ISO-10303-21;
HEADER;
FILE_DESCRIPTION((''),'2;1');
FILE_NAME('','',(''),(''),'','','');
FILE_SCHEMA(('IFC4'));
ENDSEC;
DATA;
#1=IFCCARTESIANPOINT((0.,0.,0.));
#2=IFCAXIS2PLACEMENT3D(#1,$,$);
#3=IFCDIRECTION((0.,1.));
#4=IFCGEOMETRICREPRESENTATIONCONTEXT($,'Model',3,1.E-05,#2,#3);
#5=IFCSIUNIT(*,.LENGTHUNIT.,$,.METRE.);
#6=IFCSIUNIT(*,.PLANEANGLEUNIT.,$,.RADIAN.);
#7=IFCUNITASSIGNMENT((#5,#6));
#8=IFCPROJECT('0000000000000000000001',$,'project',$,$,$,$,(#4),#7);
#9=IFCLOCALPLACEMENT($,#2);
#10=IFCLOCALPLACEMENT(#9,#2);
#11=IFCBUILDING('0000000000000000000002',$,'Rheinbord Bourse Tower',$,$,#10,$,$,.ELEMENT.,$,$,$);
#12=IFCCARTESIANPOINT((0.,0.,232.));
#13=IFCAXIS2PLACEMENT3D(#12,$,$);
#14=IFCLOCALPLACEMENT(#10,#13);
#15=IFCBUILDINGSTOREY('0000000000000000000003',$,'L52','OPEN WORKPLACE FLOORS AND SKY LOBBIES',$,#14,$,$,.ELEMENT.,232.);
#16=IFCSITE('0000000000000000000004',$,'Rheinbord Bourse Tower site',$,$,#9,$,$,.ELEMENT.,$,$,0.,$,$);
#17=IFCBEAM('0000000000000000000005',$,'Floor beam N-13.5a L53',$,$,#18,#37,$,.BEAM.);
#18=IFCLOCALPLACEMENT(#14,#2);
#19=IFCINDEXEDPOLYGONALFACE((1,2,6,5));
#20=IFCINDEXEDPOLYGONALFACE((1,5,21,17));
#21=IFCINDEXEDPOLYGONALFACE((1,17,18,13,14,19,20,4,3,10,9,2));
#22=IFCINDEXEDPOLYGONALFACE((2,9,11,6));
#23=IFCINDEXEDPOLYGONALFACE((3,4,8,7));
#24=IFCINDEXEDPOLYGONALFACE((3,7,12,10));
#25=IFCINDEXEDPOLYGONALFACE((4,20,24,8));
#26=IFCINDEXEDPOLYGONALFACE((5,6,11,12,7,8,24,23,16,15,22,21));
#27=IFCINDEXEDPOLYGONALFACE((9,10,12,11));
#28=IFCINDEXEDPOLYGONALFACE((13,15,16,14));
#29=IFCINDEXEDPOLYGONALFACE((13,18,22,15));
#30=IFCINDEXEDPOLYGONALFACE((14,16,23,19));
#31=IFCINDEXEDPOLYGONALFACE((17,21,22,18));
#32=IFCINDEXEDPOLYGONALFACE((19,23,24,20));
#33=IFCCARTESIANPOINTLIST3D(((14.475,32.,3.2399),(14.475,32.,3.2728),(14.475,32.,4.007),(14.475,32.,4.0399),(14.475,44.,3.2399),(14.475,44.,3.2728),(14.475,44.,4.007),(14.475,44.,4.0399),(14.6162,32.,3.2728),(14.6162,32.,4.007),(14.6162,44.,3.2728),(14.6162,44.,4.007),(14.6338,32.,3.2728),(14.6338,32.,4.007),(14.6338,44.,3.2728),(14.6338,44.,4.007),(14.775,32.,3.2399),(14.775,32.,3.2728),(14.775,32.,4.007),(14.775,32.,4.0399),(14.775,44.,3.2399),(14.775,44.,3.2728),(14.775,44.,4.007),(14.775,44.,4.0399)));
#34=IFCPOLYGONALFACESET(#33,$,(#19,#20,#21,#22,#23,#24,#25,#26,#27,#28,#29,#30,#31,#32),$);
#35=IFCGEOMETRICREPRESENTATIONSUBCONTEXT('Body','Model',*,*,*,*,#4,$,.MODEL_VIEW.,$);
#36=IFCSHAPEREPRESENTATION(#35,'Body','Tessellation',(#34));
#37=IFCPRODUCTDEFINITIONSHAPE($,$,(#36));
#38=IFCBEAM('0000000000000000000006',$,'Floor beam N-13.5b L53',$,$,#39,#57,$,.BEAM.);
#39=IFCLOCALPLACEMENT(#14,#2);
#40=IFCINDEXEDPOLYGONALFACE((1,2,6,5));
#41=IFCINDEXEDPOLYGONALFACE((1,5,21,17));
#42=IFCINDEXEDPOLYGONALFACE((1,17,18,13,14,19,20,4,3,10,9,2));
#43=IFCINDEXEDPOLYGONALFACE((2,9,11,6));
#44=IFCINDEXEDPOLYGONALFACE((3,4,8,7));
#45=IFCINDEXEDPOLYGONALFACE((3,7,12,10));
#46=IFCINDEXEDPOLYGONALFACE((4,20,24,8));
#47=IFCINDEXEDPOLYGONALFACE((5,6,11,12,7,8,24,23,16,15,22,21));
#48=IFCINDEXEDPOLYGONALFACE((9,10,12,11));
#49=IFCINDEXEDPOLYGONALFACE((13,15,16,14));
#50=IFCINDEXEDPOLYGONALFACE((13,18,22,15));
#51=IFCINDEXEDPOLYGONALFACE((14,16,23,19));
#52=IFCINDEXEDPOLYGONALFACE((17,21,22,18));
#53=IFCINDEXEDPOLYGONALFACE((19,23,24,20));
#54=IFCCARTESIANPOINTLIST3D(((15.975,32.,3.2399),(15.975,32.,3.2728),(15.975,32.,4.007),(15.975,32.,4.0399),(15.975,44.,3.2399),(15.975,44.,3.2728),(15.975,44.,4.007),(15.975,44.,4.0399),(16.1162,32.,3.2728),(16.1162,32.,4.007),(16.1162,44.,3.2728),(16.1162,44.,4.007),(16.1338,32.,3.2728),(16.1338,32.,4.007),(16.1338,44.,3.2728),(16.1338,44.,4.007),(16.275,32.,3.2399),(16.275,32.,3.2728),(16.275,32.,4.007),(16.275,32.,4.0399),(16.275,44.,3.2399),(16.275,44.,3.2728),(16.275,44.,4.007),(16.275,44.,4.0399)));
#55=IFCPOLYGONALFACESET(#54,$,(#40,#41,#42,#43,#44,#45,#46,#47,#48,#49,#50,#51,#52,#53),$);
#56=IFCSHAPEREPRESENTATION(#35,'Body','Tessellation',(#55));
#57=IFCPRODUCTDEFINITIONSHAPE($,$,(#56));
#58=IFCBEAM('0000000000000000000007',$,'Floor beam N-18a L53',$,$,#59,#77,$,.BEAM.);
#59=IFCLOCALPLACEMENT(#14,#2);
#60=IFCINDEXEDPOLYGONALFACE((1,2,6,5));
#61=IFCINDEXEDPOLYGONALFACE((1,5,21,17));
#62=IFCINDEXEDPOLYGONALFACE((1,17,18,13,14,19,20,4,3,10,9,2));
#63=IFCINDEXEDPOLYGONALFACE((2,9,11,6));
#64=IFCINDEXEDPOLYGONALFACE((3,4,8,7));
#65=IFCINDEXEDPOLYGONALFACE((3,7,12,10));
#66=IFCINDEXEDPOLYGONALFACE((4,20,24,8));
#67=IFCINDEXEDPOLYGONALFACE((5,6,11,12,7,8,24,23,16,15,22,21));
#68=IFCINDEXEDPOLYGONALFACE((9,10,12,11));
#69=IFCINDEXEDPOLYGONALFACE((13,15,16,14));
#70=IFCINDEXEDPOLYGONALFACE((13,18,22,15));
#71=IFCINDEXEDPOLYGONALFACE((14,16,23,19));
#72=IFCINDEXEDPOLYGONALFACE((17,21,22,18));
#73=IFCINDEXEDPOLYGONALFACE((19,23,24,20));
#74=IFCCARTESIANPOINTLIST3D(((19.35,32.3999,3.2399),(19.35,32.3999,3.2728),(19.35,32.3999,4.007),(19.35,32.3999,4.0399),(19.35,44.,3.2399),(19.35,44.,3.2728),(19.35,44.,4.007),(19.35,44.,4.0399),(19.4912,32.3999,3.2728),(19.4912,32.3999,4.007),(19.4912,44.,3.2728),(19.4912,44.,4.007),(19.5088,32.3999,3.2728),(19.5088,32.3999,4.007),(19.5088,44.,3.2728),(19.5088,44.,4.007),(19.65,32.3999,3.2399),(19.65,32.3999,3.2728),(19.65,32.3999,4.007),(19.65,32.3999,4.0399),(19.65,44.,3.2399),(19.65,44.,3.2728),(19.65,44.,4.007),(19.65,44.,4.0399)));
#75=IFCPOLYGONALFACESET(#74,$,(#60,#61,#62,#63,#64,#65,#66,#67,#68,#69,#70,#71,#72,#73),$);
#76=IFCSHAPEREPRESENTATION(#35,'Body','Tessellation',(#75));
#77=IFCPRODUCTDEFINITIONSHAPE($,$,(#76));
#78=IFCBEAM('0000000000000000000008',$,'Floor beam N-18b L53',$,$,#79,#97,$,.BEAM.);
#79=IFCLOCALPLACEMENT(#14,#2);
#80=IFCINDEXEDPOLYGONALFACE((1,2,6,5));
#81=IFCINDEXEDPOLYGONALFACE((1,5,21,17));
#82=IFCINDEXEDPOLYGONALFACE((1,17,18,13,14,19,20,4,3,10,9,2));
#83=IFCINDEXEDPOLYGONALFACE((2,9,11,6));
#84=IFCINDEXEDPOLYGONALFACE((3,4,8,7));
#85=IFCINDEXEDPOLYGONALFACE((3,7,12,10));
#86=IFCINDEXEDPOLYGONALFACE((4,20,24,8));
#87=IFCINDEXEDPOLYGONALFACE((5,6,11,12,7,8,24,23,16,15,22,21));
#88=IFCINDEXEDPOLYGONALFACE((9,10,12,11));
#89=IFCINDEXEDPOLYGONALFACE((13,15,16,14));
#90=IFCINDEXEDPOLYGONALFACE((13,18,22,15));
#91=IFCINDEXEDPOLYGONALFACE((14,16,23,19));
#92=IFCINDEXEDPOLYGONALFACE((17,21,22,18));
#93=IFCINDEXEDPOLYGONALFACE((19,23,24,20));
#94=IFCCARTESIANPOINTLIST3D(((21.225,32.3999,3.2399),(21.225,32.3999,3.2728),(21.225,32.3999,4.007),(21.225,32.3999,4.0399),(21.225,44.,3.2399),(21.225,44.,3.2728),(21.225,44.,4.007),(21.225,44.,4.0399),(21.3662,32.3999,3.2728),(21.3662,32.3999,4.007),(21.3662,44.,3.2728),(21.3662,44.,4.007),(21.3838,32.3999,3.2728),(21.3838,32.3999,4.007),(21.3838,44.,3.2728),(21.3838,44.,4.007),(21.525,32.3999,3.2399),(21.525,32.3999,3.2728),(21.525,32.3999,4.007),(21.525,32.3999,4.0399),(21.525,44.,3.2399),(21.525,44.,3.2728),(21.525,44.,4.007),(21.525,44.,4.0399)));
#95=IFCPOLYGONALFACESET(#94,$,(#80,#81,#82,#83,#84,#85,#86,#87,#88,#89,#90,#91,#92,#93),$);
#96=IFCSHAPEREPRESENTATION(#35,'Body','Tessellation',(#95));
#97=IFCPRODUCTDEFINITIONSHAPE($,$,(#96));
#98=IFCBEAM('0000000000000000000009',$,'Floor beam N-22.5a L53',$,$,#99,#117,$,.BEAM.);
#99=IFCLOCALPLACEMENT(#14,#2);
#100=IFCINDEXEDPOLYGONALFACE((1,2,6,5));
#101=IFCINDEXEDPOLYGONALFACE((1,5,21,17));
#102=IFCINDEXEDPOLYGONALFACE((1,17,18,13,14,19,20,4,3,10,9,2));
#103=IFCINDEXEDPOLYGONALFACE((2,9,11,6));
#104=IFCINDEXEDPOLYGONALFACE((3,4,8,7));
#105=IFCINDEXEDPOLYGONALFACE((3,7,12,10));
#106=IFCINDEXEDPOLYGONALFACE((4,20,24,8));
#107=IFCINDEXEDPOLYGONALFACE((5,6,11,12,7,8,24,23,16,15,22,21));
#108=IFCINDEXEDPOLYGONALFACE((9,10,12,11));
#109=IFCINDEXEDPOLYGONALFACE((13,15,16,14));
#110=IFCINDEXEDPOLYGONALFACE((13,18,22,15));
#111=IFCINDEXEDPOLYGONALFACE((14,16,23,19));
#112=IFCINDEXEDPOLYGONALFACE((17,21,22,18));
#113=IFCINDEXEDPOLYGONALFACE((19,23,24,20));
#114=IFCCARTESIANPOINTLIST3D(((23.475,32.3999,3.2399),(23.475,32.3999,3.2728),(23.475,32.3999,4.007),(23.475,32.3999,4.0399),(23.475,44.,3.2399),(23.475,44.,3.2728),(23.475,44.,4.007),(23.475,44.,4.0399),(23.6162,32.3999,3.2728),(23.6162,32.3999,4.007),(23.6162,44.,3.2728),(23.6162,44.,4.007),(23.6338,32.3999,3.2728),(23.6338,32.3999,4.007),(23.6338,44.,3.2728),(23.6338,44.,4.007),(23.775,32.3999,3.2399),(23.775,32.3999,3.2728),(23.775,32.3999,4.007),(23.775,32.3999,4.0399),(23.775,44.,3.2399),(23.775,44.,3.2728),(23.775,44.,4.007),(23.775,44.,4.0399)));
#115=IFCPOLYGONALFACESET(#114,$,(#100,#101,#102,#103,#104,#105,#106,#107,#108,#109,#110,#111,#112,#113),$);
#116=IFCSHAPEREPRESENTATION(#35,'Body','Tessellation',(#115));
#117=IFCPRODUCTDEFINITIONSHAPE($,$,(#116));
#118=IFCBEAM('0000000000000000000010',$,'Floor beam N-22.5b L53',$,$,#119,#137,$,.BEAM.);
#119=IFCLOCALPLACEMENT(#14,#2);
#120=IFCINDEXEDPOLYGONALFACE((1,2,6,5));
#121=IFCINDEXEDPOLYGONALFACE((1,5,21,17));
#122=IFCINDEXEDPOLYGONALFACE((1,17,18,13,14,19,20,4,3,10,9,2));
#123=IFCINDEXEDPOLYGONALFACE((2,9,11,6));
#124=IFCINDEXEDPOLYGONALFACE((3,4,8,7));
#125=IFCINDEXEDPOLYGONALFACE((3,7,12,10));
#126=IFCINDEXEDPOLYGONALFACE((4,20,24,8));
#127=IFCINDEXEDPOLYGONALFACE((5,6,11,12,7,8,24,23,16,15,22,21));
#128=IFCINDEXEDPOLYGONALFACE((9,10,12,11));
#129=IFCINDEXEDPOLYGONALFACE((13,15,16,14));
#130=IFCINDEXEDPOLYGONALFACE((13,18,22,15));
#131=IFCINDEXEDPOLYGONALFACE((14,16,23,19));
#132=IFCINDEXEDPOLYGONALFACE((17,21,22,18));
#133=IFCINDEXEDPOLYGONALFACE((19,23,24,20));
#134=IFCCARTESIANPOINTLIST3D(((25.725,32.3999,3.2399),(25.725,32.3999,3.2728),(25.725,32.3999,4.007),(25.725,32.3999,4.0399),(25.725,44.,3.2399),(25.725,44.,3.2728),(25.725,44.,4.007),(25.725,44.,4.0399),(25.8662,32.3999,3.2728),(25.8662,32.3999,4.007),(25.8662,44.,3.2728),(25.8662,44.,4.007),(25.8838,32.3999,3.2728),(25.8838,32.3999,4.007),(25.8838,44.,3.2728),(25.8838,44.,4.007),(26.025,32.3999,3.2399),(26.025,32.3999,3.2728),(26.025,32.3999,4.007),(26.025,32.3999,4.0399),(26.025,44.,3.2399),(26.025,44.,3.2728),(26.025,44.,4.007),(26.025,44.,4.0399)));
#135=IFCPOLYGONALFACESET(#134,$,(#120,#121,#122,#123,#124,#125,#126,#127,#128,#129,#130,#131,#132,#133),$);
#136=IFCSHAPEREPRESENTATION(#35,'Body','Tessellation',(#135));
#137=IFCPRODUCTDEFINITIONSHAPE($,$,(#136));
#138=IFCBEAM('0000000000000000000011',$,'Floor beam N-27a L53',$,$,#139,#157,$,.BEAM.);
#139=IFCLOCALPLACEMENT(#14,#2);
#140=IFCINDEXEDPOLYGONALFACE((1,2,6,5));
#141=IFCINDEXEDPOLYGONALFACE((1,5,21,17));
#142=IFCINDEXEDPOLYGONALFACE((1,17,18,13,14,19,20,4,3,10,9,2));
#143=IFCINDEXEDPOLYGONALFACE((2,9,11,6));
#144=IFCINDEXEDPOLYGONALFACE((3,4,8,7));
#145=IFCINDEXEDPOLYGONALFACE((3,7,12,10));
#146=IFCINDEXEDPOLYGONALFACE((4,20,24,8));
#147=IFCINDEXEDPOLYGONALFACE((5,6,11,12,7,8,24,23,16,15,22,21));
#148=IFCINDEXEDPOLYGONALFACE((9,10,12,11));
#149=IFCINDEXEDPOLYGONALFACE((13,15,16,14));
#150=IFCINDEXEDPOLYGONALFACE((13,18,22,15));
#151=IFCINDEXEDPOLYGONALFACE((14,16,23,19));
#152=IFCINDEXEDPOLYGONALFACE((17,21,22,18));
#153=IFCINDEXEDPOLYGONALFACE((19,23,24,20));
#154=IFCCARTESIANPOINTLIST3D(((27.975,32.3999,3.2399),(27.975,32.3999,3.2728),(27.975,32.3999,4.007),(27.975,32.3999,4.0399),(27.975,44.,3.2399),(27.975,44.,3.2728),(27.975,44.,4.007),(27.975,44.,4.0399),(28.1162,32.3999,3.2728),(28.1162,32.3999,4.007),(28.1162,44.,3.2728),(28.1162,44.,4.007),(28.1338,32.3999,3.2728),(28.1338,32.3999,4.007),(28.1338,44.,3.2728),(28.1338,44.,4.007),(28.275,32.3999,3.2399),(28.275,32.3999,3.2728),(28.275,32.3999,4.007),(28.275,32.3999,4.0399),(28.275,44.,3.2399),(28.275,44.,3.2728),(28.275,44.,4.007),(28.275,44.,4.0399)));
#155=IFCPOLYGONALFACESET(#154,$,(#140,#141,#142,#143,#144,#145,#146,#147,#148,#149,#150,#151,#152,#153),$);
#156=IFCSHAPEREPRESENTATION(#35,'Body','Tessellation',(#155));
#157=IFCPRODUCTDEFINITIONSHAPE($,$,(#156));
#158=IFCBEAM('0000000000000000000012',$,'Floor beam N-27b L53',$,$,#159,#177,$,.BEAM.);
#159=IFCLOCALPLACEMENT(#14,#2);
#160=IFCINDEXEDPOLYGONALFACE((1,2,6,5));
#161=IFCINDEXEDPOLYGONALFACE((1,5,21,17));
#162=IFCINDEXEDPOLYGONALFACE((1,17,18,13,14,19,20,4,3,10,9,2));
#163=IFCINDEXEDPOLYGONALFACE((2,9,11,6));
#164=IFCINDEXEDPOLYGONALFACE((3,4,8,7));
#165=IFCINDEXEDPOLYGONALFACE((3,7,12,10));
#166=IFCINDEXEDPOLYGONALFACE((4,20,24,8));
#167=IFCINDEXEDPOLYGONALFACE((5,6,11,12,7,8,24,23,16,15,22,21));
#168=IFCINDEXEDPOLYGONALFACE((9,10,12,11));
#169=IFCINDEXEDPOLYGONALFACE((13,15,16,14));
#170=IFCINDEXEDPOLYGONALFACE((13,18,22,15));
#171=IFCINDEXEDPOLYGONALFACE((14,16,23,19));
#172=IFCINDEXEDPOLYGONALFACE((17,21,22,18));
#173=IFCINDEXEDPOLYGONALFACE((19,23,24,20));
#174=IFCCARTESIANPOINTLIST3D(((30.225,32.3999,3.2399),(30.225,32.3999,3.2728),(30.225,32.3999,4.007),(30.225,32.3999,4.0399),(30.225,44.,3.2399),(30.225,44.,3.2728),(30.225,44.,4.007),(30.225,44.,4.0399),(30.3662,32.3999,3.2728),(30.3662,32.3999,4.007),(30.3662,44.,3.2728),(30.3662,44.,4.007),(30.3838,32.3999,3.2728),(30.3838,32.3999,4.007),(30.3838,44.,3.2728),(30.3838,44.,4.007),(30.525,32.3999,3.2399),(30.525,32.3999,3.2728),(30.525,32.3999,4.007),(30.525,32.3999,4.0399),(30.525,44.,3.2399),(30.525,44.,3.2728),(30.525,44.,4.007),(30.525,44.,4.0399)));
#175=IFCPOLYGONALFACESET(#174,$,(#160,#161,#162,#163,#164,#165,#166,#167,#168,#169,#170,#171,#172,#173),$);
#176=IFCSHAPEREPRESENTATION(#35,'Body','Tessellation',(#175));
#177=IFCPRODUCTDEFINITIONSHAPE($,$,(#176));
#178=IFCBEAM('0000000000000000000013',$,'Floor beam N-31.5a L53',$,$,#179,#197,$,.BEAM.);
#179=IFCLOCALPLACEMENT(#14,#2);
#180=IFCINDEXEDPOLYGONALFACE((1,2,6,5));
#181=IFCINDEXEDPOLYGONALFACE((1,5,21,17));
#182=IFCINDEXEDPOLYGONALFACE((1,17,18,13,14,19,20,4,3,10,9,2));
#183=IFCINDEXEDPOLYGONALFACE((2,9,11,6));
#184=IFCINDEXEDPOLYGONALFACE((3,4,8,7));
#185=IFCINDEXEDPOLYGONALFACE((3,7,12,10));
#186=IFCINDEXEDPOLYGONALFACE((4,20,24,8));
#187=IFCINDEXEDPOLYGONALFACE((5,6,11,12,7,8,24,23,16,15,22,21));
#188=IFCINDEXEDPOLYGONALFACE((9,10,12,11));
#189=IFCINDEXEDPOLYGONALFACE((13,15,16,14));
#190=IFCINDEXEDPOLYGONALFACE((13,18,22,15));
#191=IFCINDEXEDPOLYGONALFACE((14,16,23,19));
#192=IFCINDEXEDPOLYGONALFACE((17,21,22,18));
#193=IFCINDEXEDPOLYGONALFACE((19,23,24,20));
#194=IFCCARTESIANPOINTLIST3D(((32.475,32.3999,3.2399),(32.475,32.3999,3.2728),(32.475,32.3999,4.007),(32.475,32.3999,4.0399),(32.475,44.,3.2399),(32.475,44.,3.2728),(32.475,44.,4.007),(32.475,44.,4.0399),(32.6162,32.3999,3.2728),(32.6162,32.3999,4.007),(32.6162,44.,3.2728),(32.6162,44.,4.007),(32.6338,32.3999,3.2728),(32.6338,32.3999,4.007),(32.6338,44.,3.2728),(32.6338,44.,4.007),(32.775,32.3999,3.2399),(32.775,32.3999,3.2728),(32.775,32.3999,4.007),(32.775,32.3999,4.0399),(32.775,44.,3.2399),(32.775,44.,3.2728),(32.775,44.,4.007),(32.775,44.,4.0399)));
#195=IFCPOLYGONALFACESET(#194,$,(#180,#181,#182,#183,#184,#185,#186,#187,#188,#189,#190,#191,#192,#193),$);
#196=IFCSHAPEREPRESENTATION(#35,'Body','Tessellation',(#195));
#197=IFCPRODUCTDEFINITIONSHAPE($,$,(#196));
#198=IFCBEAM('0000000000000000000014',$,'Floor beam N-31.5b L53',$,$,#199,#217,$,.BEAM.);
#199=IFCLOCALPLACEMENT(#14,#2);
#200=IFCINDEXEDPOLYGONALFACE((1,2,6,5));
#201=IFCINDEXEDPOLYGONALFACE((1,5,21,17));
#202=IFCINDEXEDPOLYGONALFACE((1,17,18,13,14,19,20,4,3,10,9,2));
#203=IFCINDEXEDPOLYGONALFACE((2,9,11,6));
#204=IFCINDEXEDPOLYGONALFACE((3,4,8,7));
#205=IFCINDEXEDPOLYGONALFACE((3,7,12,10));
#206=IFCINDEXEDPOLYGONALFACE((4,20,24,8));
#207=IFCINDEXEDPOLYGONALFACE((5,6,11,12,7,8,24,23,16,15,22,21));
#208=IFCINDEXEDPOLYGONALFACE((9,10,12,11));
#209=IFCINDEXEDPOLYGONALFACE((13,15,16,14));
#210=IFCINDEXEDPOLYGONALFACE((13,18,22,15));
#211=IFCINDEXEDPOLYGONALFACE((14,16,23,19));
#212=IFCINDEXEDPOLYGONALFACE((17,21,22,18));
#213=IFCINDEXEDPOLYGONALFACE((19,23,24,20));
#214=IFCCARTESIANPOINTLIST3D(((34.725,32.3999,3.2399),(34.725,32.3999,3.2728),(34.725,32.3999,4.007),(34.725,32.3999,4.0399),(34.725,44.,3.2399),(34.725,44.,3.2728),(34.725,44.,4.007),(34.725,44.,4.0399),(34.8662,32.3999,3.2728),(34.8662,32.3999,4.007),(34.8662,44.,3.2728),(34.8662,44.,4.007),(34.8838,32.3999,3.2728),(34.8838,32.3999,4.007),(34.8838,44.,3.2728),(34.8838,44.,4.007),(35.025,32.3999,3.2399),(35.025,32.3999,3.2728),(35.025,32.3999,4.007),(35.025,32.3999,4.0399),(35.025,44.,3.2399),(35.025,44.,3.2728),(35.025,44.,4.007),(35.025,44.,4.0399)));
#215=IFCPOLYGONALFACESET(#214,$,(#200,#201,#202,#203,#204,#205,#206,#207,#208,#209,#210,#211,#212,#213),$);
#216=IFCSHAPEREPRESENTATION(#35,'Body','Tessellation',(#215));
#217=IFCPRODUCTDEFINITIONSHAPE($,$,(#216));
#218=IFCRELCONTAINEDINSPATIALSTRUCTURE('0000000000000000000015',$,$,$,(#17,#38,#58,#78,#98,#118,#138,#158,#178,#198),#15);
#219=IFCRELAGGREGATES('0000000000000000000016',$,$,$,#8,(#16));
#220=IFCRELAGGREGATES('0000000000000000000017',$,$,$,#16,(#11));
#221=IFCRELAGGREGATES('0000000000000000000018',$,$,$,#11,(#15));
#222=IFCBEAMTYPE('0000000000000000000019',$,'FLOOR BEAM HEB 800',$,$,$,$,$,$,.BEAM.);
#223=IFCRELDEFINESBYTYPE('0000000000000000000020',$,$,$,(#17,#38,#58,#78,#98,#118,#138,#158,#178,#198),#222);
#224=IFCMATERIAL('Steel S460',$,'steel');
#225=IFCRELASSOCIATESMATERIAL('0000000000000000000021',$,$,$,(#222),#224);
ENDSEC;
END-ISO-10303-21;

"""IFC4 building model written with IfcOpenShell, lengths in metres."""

from ifc_helpers import new_model, si_unit, direction, frame, origin, origin_2d, place, context, subcontext, project, spatial, i_section, extrude, material, material_profile, profile_set, type_object, element, save


model = new_model("IFC4")

# Units and contexts
model_context = context("Model", 3, precision=1e-05, world=origin(), true_north=direction((0.0, 1.0)))
body_context = subcontext(model_context, "Body", "Model", "MODEL_VIEW")
ifc_project = project(units=[si_unit("LENGTHUNIT", "METRE"), si_unit("PLANEANGLEUNIT", "RADIAN")], contexts=[model_context])

# Site, building, storey
site_placement = place(None, origin())
site = spatial("IfcSite", under=ifc_project, at=site_placement, Name="Rheinbord Bourse Tower site", CompositionType="ELEMENT", RefElevation=0.0)
building_placement = place(site_placement, origin())
building = spatial("IfcBuilding", under=site, at=building_placement, Name="Rheinbord Bourse Tower", CompositionType="ELEMENT")
storey_placement = place(building_placement, frame((0.0, 0.0, 232.0)))
storey = spatial("IfcBuildingStorey", under=building, at=storey_placement, Name="L52", Description="OPEN WORKPLACE FLOORS AND SKY LOBBIES", CompositionType="ELEMENT", Elevation=232.0)

# Beams
ifc_material_1 = material(Name="Steel S460", Category="steel")
ifc_material_profile_1 = material_profile(ifc_material_1, i_section(OverallWidth=0.3, OverallDepth=0.8, WebThickness=0.0176, FlangeThickness=0.033, at=origin_2d()), Name="HEB 800")
ifc_profile_set_1 = profile_set([ifc_material_profile_1], Name="Steel S460")
beam_type_1 = type_object("IfcBeamType", Name="FLOOR BEAM HEB 800", PredefinedType="BEAM", material=ifc_profile_set_1)
for number, where, z_axis, x_axis, name in (
    (1, (14.625, 44.0, 3.6399), (0.0, -1.0, 0.0), (1.0, 0.0, 0.0), "Floor beam N-13.5a L53"),
    (2, (16.125, 44.0, 3.6399), (0.0, -1.0, 0.0), (1.0, 0.0, 0.0), "Floor beam N-13.5b L53"),
):
    element("IfcBeam", number, at=place(storey_placement, frame(where, z_axis=z_axis, x_axis=x_axis)), inside=storey, type_object=beam_type_1, Name=name, PredefinedType="BEAM", context=body_context, shape_type="SweptSolid", body=[
        extrude(i_section(OverallWidth=0.3, OverallDepth=0.8, WebThickness=0.0176, FlangeThickness=0.033, at=origin_2d()), origin(), (0.0, 0.0, 1.0), 12.0),
    ])
for number, where, z_axis, x_axis, name in (
    (3, (19.5, 44.0, 3.6399), (0.0, -1.0, 0.0), (1.0, 0.0, 0.0), "Floor beam N-18a L53"),
    (4, (21.375, 44.0, 3.6399), (0.0, -1.0, 0.0), (1.0, 0.0, 0.0), "Floor beam N-18b L53"),
    (5, (23.625, 44.0, 3.6399), (0.0, -1.0, 0.0), (1.0, 0.0, 0.0), "Floor beam N-22.5a L53"),
    (6, (25.875, 44.0, 3.6399), (0.0, -1.0, 0.0), (1.0, 0.0, 0.0), "Floor beam N-22.5b L53"),
    (7, (28.125, 44.0, 3.6399), (0.0, -1.0, 0.0), (1.0, 0.0, 0.0), "Floor beam N-27a L53"),
    (8, (30.375, 44.0, 3.6399), (0.0, -1.0, 0.0), (1.0, 0.0, 0.0), "Floor beam N-27b L53"),
    (9, (32.625, 44.0, 3.6399), (0.0, -1.0, 0.0), (1.0, 0.0, 0.0), "Floor beam N-31.5a L53"),
    (10, (34.875, 44.0, 3.6399), (0.0, -1.0, 0.0), (1.0, 0.0, 0.0), "Floor beam N-31.5b L53"),
):
    element("IfcBeam", number, at=place(storey_placement, frame(where, z_axis=z_axis, x_axis=x_axis)), inside=storey, type_object=beam_type_1, Name=name, PredefinedType="BEAM", context=body_context, shape_type="SweptSolid", body=[
        extrude(i_section(OverallWidth=0.3, OverallDepth=0.8, WebThickness=0.0176, FlangeThickness=0.033, at=origin_2d()), origin(), (0.0, 0.0, 1.0), 11.6001),
    ])

save(model, "model.ifc")
